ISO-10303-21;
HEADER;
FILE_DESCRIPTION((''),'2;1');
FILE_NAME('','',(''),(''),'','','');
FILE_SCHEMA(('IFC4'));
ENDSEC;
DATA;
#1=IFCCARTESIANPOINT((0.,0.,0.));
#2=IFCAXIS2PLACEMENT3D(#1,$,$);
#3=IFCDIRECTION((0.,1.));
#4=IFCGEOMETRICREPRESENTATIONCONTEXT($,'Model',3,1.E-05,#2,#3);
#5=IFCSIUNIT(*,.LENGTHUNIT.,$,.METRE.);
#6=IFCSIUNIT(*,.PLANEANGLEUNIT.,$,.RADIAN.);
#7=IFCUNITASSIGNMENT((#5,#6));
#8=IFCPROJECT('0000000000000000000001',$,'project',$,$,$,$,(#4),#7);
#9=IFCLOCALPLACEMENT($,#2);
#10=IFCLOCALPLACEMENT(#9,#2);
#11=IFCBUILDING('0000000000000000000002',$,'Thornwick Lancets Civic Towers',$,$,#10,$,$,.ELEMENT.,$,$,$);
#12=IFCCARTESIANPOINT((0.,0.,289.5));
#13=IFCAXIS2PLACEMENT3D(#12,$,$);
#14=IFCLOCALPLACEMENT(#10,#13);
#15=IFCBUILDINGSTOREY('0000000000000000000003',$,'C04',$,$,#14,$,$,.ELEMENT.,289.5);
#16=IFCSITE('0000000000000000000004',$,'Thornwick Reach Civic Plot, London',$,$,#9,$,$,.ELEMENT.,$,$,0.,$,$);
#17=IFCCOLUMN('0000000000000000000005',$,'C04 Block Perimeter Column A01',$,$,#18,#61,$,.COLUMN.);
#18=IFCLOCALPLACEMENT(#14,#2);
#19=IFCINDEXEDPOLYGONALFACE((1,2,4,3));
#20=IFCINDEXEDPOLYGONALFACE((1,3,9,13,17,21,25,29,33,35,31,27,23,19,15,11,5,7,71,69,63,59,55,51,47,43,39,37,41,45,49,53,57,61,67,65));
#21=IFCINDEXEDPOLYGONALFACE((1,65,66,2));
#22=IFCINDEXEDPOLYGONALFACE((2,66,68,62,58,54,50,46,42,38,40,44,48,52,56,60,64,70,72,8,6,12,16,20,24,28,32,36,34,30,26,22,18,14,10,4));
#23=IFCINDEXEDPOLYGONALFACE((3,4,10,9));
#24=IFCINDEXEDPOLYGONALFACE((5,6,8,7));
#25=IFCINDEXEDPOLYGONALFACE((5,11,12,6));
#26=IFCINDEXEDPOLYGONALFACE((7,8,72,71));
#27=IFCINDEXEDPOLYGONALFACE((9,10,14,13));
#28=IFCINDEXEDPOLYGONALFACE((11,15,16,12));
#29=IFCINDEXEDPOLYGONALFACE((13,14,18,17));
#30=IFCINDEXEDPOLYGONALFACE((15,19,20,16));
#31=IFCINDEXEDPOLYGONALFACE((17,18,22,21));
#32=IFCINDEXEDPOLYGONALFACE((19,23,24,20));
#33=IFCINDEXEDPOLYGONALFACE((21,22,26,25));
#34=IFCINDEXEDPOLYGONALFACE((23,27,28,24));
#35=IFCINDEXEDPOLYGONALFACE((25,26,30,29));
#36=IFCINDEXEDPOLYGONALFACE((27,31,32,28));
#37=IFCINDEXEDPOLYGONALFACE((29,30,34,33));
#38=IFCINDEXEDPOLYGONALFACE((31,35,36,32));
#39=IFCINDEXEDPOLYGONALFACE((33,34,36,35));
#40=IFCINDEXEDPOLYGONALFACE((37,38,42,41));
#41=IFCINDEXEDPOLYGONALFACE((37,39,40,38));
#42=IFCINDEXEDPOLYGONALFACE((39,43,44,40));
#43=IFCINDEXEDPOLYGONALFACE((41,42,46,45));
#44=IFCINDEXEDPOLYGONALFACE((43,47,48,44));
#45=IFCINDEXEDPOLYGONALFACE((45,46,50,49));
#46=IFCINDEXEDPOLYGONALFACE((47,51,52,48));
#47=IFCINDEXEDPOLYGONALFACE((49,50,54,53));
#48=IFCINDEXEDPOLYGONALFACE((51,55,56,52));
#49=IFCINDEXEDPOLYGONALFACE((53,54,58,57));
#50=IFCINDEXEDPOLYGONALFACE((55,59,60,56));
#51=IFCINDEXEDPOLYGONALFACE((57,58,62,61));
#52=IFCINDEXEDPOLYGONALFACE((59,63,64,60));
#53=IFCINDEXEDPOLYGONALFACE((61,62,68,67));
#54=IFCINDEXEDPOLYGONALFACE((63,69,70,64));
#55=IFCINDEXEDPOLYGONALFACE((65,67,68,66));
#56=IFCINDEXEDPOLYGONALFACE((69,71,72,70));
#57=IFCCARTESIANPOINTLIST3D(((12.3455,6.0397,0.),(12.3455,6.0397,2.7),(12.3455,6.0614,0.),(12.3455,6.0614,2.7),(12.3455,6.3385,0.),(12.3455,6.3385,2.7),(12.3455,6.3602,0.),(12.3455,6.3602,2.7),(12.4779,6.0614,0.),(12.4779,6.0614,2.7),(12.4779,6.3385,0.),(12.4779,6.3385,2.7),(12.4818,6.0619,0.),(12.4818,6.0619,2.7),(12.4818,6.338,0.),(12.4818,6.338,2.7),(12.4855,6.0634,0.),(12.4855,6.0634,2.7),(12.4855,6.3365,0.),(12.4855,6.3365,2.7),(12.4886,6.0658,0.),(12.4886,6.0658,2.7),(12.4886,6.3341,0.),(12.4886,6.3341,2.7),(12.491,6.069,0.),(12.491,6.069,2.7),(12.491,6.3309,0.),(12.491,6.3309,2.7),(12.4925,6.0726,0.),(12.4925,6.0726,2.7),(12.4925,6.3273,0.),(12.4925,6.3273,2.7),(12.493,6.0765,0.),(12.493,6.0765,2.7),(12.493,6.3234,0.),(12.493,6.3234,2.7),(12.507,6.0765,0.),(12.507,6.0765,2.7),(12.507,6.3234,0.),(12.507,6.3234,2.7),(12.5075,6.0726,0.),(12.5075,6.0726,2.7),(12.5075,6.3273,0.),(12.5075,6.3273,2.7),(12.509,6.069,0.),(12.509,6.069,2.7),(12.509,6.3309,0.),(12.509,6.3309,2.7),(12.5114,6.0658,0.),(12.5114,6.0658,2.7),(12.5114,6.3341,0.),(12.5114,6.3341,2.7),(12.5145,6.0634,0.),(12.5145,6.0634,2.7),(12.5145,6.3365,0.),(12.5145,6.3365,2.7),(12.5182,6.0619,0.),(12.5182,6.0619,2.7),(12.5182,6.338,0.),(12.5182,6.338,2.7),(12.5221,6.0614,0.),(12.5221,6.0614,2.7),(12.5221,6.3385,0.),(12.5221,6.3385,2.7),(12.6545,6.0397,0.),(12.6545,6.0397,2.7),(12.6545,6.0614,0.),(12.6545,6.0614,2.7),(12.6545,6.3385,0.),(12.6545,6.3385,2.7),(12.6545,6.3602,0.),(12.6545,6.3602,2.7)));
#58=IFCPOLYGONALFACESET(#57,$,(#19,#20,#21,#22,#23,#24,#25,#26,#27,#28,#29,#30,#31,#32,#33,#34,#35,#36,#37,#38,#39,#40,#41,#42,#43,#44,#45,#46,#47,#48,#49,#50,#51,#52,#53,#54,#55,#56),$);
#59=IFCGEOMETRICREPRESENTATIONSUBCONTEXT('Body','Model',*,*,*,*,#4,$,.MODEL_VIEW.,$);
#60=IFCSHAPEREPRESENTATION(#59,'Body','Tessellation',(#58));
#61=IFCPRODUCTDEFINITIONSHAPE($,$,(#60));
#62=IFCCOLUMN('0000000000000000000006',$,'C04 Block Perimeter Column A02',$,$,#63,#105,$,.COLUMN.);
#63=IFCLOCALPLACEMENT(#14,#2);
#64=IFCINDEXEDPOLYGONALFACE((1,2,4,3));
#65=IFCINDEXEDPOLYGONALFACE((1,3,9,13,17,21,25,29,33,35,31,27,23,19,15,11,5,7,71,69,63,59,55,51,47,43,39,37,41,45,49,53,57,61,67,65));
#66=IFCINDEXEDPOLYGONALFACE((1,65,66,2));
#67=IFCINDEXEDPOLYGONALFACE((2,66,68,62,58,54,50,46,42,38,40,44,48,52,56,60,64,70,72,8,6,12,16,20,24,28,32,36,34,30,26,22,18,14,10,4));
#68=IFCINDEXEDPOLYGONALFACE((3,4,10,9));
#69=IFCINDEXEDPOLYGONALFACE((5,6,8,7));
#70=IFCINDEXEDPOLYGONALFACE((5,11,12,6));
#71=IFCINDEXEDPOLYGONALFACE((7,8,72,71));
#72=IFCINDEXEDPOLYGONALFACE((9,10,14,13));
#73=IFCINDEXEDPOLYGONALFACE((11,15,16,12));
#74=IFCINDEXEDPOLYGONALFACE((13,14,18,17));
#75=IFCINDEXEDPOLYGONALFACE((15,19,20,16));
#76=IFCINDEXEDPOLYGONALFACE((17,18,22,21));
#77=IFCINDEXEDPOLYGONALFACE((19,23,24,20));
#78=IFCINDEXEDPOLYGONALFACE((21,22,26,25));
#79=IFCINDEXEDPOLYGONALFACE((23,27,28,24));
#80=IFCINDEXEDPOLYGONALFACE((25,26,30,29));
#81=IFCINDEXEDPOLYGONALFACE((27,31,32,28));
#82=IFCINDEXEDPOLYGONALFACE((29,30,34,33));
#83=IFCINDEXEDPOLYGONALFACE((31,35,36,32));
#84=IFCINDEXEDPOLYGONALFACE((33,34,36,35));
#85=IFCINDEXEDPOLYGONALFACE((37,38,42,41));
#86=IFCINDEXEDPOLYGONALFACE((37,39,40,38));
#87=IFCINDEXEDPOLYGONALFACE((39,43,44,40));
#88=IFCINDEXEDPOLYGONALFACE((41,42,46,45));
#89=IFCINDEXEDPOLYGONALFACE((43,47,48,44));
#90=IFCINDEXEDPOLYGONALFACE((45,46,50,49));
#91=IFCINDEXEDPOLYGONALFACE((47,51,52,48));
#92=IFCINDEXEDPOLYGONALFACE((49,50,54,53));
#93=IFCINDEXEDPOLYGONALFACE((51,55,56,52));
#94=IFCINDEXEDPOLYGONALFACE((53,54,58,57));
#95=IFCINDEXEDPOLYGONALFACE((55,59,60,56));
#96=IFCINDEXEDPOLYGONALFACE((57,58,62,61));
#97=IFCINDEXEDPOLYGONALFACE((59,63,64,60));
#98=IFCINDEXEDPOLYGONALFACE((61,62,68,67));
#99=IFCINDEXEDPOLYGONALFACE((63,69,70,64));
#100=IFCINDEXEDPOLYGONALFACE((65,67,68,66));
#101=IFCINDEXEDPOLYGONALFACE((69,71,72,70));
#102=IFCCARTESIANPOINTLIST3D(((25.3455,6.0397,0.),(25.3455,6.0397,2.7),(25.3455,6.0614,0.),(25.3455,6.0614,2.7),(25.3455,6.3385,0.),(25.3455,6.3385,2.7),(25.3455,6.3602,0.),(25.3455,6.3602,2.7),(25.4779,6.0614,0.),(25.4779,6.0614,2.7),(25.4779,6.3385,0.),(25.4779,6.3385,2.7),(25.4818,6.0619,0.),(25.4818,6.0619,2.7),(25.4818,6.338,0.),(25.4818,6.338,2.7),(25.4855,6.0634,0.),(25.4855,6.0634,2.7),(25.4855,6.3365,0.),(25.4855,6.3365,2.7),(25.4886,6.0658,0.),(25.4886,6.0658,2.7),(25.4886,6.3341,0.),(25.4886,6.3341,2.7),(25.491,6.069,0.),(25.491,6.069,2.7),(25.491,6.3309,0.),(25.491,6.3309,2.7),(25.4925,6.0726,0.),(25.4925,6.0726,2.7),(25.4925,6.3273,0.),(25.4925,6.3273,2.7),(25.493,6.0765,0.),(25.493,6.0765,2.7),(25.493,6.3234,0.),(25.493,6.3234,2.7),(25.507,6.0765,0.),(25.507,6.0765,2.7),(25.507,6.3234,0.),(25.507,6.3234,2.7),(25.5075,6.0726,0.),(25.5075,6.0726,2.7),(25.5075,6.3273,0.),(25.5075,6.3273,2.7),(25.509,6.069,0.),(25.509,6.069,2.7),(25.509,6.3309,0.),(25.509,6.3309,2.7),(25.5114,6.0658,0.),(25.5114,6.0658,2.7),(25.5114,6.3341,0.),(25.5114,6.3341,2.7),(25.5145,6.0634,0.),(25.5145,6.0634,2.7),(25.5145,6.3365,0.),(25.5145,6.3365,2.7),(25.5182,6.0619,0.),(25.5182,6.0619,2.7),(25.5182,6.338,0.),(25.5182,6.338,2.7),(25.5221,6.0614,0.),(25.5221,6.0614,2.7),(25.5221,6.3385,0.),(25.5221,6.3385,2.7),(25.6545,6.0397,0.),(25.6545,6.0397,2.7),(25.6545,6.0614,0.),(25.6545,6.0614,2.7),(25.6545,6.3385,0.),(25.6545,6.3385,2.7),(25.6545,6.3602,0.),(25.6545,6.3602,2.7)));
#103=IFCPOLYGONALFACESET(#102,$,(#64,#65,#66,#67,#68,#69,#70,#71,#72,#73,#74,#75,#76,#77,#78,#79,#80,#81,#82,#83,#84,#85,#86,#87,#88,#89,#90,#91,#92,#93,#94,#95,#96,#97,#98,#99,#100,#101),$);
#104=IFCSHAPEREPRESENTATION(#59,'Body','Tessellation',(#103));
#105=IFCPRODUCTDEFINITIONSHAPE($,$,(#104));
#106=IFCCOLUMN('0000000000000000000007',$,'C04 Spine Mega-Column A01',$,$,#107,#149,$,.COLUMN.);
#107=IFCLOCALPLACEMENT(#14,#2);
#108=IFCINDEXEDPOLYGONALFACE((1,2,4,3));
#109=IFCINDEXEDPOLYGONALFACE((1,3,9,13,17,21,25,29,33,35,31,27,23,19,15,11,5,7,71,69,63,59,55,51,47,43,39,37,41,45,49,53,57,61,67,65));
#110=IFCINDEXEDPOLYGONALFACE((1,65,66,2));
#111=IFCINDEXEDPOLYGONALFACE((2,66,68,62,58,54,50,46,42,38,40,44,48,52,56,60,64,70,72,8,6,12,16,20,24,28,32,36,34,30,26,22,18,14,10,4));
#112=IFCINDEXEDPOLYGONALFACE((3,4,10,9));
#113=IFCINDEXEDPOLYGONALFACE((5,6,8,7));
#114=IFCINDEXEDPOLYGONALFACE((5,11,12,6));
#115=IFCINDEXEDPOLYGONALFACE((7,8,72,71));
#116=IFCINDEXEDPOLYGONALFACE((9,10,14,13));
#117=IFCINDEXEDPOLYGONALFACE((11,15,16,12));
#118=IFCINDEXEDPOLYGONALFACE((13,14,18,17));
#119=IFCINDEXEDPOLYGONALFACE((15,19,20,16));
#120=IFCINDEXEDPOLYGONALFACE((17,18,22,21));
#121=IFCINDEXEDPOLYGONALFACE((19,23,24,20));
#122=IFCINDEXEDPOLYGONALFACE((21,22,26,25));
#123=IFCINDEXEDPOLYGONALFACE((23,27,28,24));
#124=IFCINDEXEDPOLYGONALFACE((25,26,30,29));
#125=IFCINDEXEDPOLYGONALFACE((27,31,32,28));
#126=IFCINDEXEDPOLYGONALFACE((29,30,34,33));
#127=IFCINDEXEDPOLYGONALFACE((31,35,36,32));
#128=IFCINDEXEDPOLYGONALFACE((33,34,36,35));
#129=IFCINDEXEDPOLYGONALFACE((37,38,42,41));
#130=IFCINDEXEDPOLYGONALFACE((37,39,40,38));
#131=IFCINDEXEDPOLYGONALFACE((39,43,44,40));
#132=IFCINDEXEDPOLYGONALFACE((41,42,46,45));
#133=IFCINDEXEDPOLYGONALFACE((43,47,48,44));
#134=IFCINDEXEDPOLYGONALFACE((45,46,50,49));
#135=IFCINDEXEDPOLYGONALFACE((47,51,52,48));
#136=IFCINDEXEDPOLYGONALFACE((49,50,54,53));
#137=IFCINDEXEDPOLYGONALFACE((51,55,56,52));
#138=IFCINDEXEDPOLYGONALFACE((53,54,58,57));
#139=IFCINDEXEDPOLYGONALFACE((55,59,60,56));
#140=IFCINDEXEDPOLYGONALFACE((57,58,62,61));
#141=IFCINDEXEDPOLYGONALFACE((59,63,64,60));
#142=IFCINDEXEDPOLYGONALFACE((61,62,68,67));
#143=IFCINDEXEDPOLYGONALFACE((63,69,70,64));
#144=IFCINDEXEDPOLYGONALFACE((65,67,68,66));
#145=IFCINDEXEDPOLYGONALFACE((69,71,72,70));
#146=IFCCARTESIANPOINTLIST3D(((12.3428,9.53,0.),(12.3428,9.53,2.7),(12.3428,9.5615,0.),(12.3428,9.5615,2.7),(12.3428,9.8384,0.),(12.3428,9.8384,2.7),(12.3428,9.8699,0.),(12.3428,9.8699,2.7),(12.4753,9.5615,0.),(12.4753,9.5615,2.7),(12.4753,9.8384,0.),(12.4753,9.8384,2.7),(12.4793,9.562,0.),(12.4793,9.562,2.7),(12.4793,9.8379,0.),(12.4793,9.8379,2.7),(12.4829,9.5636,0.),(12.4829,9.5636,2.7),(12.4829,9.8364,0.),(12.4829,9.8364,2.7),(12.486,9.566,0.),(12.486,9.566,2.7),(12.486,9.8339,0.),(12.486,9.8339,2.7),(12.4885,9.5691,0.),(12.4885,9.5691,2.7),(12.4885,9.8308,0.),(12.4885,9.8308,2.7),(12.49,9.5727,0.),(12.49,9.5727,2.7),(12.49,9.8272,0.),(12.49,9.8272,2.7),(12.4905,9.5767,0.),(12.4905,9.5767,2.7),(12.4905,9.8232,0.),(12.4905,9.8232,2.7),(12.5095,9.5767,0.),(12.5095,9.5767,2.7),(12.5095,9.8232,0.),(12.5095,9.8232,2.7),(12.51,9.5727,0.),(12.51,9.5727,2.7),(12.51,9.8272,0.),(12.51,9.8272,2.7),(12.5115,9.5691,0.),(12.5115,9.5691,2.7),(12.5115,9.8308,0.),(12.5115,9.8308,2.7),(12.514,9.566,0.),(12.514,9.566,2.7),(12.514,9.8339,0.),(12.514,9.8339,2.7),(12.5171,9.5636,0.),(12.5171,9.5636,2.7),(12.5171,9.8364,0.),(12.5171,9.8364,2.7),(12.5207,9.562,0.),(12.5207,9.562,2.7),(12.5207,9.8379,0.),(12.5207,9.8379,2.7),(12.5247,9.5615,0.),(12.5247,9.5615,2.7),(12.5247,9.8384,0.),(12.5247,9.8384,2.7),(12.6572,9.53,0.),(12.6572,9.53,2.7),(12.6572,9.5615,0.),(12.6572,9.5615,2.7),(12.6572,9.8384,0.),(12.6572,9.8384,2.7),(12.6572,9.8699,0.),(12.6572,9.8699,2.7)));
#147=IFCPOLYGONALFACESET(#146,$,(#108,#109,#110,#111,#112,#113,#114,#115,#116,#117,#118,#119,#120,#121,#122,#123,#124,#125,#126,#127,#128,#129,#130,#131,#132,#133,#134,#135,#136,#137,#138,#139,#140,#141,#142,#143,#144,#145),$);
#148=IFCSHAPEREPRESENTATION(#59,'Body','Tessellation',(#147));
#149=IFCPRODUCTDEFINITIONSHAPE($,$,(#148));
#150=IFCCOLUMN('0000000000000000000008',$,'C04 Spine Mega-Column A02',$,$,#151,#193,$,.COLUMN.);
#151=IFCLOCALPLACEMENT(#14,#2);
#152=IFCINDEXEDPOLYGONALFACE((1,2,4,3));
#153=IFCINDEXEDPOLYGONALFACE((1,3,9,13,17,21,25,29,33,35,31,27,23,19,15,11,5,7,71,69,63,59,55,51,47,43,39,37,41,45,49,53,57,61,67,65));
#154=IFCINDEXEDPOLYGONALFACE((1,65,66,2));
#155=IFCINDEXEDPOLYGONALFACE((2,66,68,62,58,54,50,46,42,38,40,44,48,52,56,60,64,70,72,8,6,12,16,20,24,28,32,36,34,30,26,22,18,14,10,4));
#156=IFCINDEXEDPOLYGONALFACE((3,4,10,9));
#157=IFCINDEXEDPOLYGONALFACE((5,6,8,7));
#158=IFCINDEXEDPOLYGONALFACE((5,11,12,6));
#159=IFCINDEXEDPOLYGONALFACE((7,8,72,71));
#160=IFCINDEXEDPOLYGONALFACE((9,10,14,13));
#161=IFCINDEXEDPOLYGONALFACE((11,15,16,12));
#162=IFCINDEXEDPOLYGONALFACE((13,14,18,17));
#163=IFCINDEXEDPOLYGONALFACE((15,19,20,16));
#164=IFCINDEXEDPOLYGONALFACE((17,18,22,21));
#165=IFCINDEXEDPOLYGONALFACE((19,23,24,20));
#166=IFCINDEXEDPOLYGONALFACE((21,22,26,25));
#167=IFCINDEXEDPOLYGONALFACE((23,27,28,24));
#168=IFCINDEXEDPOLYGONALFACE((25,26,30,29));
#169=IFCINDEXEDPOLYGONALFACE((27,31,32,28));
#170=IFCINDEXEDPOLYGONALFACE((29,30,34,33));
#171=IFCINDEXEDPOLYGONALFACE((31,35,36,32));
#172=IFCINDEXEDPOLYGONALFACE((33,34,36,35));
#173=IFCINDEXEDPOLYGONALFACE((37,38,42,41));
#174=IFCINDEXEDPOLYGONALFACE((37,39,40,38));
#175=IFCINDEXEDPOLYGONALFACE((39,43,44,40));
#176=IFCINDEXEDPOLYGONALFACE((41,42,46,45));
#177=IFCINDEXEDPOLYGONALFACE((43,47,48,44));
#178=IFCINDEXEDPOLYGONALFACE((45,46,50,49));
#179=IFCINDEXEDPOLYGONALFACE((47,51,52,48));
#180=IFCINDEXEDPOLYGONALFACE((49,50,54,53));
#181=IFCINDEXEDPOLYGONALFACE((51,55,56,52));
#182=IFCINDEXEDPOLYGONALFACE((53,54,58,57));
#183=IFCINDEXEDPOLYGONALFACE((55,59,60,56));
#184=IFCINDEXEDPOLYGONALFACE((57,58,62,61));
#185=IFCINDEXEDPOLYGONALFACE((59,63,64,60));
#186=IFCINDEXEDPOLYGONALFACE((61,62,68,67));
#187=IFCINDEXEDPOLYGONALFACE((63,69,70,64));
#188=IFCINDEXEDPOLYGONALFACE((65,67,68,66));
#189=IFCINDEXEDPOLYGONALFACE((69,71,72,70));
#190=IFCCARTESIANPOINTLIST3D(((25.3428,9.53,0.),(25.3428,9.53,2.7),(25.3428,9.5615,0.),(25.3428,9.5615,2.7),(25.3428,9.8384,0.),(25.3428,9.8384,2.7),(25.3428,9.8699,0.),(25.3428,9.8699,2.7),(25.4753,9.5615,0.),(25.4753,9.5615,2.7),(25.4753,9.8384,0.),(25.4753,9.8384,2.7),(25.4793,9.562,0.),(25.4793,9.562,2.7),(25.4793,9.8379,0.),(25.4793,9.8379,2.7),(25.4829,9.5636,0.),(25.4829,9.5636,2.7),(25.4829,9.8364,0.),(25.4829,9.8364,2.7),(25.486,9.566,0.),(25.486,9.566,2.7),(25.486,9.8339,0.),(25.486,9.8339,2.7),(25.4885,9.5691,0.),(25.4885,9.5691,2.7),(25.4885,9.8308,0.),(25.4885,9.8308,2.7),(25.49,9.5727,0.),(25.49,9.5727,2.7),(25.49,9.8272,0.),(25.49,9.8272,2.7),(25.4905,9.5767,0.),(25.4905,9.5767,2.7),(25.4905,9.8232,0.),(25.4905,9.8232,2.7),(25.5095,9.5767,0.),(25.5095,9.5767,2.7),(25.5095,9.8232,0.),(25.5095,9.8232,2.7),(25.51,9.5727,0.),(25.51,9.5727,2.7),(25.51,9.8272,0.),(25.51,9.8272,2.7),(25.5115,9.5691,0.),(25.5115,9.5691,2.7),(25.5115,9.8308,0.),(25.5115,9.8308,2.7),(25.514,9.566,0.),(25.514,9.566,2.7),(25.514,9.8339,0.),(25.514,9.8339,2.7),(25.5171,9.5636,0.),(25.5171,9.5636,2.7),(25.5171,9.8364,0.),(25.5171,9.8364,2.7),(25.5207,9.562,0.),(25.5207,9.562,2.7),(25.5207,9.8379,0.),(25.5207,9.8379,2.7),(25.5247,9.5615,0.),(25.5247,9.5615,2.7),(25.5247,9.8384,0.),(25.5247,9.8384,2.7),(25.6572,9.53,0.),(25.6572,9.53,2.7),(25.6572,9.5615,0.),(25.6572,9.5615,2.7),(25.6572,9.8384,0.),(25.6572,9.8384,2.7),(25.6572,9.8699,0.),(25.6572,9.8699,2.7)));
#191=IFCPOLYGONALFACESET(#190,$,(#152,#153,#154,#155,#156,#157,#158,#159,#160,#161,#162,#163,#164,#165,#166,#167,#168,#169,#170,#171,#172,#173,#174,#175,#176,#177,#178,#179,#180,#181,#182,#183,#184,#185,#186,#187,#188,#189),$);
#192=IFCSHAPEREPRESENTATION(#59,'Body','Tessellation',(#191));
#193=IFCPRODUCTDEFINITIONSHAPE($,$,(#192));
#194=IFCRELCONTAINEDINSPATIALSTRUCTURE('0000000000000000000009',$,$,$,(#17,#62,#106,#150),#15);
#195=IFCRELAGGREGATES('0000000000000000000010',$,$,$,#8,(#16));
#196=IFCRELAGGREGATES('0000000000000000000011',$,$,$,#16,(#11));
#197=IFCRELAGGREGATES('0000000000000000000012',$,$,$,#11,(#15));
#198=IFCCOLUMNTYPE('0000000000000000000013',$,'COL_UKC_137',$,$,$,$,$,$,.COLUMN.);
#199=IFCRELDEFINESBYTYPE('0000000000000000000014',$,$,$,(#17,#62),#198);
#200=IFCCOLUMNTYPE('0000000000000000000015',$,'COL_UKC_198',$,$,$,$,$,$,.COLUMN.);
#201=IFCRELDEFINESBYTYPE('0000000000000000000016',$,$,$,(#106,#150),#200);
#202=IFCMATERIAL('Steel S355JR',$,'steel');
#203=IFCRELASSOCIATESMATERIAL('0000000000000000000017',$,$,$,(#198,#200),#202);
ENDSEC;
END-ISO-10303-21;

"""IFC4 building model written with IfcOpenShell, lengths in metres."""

from ifc_helpers import new_model, si_unit, direction, frame, origin, origin_2d, place, context, subcontext, project, spatial, i_section, extrude, material, material_profile, profile_set, type_object, element, save


model = new_model("IFC4")

# Units and contexts
model_context = context("Model", 3, precision=1e-05, world=origin(), true_north=direction((0.0, 1.0)))
body_context = subcontext(model_context, "Body", "Model", "MODEL_VIEW")
ifc_project = project(units=[si_unit("LENGTHUNIT", "METRE"), si_unit("PLANEANGLEUNIT", "RADIAN")], contexts=[model_context])

# Site, building, storey
site_placement = place(None, origin())
site = spatial("IfcSite", under=ifc_project, at=site_placement, Name="Thornwick Reach Civic Plot, London", CompositionType="ELEMENT", RefElevation=0.0)
building_placement = place(site_placement, origin())
building = spatial("IfcBuilding", under=site, at=building_placement, Name="Thornwick Lancets Civic Towers", CompositionType="ELEMENT")
storey_placement = place(building_placement, frame((0.0, 0.0, 289.5)))
storey = spatial("IfcBuildingStorey", under=building, at=storey_placement, Name="C04", CompositionType="ELEMENT", Elevation=289.5)

# Columns
ifc_material_1 = material(Name="Steel S355JR", Category="steel")
ifc_material_profile_1 = material_profile(ifc_material_1, i_section(OverallWidth=0.3091, OverallDepth=0.3206, WebThickness=0.0139, FlangeThickness=0.0217, FilletRadius=0.0151, at=origin_2d()), Name="UKC 305x305x137")
ifc_profile_set_1 = profile_set([ifc_material_profile_1], Name="Steel S355JR")
column_type_1 = type_object("IfcColumnType", Name="COL_UKC_137", PredefinedType="COLUMN", material=ifc_profile_set_1)
for number, where, z_axis, x_axis, name in (
    (1, (12.5, 6.2, 0.0), (0.0, 0.0, 1.0), (1.0, 0.0, 0.0), "C04 Block Perimeter Column A01"),
    (2, (25.5, 6.2, 0.0), (0.0, 0.0, 1.0), (1.0, 0.0, 0.0), "C04 Block Perimeter Column A02"),
):
    element("IfcColumn", number, at=place(storey_placement, frame(where, z_axis=z_axis, x_axis=x_axis)), inside=storey, type_object=column_type_1, Name=name, PredefinedType="COLUMN", context=body_context, shape_type="SweptSolid", body=[
        extrude(i_section(OverallWidth=0.3091, OverallDepth=0.3206, WebThickness=0.0139, FlangeThickness=0.0217, FilletRadius=0.0151, at=origin_2d()), origin(), (0.0, 0.0, 1.0), 2.7),
    ])
ifc_material_profile_2 = material_profile(ifc_material_1, i_section(OverallWidth=0.3145, OverallDepth=0.3398, WebThickness=0.019, FlangeThickness=0.0315, FilletRadius=0.0151, at=origin_2d()), Name="UKC 305x305x198")
ifc_profile_set_2 = profile_set([ifc_material_profile_2], Name="Steel S355JR")
column_type_2 = type_object("IfcColumnType", Name="COL_UKC_198", PredefinedType="COLUMN", material=ifc_profile_set_2)
for number, where, z_axis, x_axis, name in (
    (3, (12.5, 9.7, 0.0), (0.0, 0.0, 1.0), (1.0, 0.0, 0.0), "C04 Spine Mega-Column A01"),
    (4, (25.5, 9.7, 0.0), (0.0, 0.0, 1.0), (1.0, 0.0, 0.0), "C04 Spine Mega-Column A02"),
):
    element("IfcColumn", number, at=place(storey_placement, frame(where, z_axis=z_axis, x_axis=x_axis)), inside=storey, type_object=column_type_2, Name=name, PredefinedType="COLUMN", context=body_context, shape_type="SweptSolid", body=[
        extrude(i_section(OverallWidth=0.3145, OverallDepth=0.3398, WebThickness=0.019, FlangeThickness=0.0315, FilletRadius=0.0151, at=origin_2d()), origin(), (0.0, 0.0, 1.0), 2.7),
    ])

save(model, "model.ifc")
